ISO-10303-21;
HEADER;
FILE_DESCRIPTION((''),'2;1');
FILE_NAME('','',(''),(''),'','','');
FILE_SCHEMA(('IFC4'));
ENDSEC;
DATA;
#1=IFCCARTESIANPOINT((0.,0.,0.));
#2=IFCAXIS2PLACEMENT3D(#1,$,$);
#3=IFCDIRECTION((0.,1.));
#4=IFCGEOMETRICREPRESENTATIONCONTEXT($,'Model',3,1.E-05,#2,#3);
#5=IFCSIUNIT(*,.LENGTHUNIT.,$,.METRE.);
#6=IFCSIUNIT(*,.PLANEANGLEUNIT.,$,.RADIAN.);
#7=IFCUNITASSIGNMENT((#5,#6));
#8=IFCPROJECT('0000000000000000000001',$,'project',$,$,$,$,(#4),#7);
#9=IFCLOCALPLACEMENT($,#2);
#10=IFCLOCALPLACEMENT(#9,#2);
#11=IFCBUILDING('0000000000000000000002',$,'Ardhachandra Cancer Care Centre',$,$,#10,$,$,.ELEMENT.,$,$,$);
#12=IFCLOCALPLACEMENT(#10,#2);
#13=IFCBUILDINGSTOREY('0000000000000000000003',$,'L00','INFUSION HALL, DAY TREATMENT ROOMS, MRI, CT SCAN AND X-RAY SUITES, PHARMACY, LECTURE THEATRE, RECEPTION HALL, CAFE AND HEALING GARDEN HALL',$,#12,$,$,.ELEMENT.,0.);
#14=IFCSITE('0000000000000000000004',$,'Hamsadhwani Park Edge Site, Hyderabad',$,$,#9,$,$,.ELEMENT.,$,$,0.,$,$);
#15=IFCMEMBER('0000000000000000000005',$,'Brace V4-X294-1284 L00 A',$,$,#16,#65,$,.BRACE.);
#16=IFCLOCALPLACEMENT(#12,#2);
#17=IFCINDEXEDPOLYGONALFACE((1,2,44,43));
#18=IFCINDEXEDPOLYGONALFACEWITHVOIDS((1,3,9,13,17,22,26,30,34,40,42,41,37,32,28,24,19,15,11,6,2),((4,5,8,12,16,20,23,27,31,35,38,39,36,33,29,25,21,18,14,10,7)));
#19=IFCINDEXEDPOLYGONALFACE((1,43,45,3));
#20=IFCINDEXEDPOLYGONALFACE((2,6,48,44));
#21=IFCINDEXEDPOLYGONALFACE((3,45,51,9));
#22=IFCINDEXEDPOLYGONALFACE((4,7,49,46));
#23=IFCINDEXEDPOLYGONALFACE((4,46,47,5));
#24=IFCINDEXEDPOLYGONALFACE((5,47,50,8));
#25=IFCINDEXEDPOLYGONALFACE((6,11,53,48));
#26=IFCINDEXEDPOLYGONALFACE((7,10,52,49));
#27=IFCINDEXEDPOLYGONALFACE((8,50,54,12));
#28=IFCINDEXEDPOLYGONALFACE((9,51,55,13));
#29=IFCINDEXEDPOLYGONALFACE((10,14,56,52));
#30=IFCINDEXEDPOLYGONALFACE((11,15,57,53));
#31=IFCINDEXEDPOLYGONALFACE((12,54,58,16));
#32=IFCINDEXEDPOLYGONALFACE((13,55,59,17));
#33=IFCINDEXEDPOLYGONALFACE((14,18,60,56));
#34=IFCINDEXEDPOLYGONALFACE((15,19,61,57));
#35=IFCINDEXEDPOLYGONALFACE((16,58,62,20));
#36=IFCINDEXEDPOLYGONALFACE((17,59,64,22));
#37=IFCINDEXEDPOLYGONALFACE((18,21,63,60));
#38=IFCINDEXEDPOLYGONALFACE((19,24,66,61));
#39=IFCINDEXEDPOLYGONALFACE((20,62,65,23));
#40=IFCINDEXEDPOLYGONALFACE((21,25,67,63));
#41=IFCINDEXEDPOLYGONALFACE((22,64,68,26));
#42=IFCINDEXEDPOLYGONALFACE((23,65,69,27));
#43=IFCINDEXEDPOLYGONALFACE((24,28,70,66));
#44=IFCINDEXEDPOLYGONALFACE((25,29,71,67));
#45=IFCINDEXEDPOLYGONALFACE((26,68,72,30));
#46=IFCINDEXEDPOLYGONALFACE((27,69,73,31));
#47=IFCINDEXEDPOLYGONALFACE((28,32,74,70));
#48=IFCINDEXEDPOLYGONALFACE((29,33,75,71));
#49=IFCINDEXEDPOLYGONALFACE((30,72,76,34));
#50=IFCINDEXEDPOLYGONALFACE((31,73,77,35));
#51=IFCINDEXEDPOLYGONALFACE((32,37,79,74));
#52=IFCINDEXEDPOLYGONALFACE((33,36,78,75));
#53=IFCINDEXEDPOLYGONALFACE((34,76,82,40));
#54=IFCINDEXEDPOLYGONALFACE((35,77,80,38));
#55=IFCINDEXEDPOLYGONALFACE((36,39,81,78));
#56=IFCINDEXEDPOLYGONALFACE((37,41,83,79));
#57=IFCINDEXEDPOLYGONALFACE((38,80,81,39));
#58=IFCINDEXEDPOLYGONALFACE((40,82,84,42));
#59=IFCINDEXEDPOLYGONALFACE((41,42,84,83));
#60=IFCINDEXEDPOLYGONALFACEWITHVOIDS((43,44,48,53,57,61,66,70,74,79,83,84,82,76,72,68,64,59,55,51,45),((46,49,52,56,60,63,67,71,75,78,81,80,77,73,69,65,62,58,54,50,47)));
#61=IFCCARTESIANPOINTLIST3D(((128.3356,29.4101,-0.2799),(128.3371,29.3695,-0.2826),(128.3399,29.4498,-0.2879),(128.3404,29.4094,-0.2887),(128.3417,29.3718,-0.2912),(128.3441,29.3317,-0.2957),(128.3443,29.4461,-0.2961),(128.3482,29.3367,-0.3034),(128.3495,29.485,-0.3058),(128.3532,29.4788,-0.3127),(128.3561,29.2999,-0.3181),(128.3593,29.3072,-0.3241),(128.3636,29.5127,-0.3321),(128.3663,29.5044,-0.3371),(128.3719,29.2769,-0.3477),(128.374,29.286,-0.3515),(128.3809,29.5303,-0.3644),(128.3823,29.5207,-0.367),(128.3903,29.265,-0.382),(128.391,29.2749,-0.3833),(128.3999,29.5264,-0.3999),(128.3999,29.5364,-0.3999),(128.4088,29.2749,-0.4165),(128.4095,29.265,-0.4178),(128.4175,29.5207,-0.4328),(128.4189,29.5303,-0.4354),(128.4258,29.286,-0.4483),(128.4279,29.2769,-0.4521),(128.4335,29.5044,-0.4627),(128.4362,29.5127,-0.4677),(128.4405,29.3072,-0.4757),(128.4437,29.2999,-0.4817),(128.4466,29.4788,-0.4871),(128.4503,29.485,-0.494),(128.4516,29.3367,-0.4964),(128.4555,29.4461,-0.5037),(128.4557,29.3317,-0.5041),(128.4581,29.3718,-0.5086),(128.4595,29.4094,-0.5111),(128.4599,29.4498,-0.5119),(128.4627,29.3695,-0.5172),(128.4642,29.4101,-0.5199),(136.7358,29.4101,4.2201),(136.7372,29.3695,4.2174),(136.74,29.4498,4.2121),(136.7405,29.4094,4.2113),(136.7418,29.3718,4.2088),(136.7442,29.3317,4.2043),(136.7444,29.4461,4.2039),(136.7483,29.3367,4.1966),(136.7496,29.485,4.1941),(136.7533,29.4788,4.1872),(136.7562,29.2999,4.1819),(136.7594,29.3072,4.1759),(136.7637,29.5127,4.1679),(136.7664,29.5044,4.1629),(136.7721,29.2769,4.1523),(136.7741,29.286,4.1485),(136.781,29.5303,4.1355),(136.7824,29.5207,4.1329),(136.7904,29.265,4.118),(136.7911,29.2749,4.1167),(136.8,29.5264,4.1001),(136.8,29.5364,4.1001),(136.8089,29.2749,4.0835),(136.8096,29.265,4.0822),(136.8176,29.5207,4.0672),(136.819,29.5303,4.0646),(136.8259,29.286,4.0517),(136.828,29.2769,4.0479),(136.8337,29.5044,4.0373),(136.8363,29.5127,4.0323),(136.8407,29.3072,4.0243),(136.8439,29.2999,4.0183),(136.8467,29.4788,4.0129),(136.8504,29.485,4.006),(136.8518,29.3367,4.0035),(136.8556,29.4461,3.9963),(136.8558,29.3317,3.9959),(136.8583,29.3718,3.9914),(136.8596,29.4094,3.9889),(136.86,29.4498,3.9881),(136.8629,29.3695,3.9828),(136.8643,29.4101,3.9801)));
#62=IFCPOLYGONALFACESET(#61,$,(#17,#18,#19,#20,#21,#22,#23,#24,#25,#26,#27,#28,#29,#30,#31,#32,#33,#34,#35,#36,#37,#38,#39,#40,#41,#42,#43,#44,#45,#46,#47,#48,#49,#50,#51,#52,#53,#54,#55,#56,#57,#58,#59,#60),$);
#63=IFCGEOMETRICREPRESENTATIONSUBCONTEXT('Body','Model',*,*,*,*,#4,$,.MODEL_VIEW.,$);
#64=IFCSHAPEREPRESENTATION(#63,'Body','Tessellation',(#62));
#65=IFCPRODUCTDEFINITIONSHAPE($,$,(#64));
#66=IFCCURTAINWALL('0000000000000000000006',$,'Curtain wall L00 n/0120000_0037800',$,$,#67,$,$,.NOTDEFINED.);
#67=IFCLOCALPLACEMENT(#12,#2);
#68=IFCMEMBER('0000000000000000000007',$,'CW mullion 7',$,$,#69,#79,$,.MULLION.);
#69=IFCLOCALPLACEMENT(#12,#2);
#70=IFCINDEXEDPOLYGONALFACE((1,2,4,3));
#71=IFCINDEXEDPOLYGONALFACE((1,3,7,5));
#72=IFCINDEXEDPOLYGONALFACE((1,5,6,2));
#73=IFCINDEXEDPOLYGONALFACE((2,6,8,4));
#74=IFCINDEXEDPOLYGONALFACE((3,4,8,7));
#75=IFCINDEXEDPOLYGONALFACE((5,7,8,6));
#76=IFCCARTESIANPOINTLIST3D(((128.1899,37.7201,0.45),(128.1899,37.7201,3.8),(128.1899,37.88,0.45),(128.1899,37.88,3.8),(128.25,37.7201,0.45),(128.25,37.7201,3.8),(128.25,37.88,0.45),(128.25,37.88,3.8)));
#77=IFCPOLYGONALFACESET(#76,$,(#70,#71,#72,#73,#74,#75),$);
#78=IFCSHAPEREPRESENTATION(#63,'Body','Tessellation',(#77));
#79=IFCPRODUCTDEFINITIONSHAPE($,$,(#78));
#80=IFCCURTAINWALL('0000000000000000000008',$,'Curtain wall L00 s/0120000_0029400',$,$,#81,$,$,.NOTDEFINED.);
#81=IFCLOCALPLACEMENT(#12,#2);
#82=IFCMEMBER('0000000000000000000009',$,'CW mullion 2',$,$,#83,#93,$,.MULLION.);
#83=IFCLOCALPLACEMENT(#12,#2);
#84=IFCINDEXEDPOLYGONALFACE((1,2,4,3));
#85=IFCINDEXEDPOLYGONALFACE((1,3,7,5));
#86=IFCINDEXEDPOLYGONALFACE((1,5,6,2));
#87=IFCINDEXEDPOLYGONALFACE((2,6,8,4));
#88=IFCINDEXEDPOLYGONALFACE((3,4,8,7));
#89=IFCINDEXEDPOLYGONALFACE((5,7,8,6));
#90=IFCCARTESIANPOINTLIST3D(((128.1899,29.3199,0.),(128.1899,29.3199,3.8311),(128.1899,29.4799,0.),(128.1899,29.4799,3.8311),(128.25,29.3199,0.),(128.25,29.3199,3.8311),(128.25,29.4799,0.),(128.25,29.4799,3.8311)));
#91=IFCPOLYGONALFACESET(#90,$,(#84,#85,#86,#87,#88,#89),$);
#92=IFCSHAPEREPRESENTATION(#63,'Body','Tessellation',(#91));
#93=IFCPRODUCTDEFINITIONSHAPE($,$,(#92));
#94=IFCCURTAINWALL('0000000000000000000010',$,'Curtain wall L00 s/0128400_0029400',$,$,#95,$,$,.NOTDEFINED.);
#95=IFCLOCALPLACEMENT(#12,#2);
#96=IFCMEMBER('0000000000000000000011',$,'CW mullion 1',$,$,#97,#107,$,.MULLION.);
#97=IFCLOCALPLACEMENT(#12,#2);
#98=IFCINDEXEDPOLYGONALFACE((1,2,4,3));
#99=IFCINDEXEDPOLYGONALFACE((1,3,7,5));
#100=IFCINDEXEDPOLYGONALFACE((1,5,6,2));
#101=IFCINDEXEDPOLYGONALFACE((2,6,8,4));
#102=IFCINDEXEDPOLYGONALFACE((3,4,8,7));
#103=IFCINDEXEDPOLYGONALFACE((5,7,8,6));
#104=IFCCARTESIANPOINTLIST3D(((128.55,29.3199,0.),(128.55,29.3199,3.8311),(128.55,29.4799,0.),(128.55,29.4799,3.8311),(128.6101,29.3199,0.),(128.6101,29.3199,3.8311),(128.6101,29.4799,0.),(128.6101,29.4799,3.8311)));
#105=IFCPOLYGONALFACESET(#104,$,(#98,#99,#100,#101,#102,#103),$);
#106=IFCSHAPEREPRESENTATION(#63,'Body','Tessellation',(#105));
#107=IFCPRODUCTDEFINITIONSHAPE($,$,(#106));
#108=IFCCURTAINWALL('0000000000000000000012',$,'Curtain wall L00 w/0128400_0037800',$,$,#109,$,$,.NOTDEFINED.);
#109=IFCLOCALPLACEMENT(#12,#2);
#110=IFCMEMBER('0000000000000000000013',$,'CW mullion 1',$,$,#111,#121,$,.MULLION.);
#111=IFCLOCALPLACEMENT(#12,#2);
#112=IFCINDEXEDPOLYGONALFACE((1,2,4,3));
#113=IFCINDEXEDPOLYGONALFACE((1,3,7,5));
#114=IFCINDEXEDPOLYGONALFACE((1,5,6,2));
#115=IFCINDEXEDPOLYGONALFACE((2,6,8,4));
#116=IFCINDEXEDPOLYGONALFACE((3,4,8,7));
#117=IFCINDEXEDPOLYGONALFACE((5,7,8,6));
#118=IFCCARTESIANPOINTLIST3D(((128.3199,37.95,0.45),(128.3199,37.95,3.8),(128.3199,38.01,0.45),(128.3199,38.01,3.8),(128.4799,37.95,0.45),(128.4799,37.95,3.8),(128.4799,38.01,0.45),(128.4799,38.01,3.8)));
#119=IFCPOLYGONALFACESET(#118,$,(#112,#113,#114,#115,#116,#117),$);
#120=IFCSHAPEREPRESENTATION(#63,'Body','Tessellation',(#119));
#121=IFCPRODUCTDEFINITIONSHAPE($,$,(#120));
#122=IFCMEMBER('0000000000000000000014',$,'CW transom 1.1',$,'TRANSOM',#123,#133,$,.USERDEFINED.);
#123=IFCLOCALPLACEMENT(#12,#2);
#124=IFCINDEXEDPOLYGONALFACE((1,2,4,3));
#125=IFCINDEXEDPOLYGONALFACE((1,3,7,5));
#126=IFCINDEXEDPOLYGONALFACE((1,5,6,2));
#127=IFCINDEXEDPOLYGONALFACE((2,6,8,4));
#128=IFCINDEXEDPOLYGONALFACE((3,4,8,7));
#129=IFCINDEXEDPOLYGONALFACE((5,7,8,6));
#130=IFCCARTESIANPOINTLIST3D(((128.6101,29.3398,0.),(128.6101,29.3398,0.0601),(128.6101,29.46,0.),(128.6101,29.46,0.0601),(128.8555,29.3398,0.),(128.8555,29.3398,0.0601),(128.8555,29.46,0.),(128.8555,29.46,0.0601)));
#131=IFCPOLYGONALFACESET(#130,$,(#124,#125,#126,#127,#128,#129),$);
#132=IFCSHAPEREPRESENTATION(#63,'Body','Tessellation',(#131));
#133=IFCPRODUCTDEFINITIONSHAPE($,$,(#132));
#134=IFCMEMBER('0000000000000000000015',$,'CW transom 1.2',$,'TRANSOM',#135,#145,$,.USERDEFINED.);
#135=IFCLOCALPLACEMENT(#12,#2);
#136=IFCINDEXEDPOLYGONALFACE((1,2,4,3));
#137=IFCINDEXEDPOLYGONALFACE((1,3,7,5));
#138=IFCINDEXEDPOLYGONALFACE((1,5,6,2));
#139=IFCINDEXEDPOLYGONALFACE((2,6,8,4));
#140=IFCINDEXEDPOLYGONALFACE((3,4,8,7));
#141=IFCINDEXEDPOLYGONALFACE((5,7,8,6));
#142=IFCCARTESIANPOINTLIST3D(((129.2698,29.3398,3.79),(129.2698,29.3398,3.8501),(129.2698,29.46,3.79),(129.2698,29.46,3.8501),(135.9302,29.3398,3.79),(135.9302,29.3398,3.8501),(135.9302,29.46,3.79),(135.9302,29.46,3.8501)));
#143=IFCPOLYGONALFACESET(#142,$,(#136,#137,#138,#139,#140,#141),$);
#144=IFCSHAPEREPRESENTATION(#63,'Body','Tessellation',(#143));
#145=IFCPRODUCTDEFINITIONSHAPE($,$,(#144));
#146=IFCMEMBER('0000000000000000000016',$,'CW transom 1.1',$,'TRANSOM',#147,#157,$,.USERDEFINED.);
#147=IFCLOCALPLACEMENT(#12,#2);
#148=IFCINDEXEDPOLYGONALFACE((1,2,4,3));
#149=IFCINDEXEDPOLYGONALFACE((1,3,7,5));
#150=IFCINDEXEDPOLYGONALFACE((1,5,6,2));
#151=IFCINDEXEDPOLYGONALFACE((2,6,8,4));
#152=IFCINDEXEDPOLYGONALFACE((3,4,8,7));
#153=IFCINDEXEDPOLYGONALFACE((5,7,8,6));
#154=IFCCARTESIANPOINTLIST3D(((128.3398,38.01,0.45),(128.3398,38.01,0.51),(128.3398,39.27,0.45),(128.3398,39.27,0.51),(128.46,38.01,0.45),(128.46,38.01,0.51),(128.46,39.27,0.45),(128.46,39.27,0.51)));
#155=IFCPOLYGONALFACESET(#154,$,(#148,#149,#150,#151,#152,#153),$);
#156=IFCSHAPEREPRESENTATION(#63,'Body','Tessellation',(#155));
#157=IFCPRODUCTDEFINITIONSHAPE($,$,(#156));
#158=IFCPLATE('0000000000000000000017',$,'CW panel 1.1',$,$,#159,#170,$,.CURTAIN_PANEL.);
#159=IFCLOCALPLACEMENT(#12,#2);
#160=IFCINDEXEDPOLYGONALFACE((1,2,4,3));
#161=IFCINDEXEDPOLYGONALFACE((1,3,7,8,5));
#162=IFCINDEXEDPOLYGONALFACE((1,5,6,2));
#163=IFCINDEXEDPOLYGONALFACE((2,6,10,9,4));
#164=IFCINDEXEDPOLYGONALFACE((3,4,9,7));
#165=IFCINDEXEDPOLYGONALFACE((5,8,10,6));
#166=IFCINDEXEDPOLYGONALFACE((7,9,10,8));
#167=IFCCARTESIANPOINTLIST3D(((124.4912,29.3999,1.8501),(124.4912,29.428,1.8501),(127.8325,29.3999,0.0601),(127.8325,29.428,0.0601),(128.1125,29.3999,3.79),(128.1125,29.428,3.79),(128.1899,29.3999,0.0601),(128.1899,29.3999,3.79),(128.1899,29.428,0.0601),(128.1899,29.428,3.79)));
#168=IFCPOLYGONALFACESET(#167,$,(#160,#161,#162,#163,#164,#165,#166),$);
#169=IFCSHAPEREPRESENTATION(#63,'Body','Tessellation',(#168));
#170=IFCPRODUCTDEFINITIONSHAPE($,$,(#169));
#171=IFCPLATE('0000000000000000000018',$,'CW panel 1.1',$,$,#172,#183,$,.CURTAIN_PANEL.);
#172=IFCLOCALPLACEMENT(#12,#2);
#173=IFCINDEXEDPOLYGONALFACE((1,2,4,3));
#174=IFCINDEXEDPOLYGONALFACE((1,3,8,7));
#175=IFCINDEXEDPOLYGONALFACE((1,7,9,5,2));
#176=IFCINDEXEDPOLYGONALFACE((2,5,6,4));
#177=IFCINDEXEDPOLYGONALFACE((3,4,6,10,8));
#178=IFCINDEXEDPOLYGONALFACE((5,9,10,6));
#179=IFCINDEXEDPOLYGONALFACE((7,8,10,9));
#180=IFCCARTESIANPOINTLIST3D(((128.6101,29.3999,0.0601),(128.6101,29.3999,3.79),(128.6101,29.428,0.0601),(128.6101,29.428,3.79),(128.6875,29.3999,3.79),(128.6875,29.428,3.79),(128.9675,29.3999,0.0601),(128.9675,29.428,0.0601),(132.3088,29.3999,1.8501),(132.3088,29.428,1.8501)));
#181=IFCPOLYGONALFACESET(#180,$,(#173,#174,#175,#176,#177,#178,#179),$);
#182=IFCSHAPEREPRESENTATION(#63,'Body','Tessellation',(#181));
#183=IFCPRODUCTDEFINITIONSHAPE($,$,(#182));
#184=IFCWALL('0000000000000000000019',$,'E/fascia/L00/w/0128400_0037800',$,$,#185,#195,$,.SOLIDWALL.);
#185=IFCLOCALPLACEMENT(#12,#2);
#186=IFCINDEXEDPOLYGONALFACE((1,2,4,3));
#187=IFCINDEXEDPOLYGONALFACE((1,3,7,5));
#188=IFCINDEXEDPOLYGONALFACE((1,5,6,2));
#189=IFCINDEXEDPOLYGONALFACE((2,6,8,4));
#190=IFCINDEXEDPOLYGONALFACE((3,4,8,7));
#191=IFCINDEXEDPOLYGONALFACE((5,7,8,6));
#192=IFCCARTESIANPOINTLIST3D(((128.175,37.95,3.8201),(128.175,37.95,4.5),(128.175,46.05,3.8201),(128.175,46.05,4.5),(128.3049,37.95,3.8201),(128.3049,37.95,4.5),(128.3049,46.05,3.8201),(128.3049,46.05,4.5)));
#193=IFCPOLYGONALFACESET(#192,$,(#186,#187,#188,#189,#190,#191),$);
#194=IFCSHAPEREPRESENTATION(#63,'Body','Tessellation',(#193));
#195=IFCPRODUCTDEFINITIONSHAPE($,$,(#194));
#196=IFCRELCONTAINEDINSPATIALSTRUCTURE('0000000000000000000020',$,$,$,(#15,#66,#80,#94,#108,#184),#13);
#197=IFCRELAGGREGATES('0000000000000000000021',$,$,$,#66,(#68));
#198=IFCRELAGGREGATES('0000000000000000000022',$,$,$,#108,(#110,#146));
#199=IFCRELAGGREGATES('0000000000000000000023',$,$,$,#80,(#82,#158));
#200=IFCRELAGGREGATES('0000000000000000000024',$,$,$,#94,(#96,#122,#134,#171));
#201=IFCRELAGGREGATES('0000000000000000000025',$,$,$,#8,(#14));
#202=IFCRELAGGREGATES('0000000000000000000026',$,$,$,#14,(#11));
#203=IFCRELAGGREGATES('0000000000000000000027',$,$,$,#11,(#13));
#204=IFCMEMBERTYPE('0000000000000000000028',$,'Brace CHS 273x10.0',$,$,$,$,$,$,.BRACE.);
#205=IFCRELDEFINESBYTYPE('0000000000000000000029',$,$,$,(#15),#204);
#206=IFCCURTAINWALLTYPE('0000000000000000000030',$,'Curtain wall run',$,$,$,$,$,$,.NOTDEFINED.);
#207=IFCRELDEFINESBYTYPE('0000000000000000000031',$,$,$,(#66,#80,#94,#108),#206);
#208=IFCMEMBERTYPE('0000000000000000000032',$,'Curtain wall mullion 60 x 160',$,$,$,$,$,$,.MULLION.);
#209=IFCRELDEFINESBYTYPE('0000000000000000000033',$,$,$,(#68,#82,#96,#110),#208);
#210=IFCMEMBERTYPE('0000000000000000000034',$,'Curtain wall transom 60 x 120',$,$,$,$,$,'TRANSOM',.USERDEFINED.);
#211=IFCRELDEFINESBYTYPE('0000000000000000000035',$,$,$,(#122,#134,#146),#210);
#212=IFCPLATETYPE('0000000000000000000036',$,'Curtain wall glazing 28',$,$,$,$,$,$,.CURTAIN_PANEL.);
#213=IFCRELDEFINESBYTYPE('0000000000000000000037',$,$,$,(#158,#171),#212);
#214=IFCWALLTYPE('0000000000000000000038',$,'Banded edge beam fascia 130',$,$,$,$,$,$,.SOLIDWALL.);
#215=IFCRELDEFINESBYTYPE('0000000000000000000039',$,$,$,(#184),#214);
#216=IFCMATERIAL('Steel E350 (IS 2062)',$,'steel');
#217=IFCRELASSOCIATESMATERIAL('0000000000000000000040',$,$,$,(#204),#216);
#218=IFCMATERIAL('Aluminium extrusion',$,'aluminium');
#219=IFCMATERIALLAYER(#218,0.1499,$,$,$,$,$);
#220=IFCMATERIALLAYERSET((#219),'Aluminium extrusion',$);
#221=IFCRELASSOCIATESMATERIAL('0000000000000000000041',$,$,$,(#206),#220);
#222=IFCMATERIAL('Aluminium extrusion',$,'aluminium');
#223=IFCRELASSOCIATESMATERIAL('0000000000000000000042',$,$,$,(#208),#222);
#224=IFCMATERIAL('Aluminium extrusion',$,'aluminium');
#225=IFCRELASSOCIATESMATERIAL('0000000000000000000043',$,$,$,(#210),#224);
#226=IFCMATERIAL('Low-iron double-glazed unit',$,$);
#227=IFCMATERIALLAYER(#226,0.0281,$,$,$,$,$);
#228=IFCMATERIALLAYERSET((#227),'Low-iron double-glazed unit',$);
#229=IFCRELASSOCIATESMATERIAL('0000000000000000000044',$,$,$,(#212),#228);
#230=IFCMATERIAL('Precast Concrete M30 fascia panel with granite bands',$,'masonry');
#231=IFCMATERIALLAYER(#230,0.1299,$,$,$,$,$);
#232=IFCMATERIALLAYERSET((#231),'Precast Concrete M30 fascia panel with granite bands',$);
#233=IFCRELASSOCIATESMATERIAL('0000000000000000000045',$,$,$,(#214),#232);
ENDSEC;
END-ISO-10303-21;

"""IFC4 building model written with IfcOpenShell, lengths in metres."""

from ifc_helpers import new_model, si_unit, direction, frame, frame_2d, origin, origin_2d, place, context, subcontext, project, spatial, polyline, rectangle, hollow_circle, outline, extrude, material, layer, layer_set, material_profile, profile_set, type_object, element, aggregate, save


model = new_model("IFC4")

# Units and contexts
model_context = context("Model", 3, precision=1e-05, world=origin(), true_north=direction((0.0, 1.0)))
body_context = subcontext(model_context, "Body", "Model", "MODEL_VIEW")
ifc_project = project(units=[si_unit("LENGTHUNIT", "METRE"), si_unit("PLANEANGLEUNIT", "RADIAN")], contexts=[model_context])

# Site, building, storey
site_placement = place(None, origin())
site = spatial("IfcSite", under=ifc_project, at=site_placement, Name="Hamsadhwani Park Edge Site, Hyderabad", CompositionType="ELEMENT", RefElevation=0.0)
building_placement = place(site_placement, origin())
building = spatial("IfcBuilding", under=site, at=building_placement, Name="Ardhachandra Cancer Care Centre", CompositionType="ELEMENT")
storey_placement = place(building_placement, origin())
storey = spatial("IfcBuildingStorey", under=building, at=storey_placement, Name="L00", Description="INFUSION HALL, DAY TREATMENT ROOMS, MRI, CT SCAN AND X-RAY SUITES, PHARMACY, LECTURE THEATRE, RECEPTION HALL, CAFE AND HEALING GARDEN HALL", CompositionType="ELEMENT", Elevation=0.0)

# Member
ifc_material_1 = material(Name="Steel E350 (IS 2062)", Category="steel")
ifc_material_profile_1 = material_profile(ifc_material_1, hollow_circle(Radius=0.1365, WallThickness=0.01, at=origin_2d()), Name="CHS 273x10.0")
ifc_profile_set_1 = profile_set([ifc_material_profile_1], Name="Steel E350 (IS 2062)")
member_type_1 = type_object("IfcMemberType", Name="Brace CHS 273x10.0", PredefinedType="BRACE", material=ifc_profile_set_1)
member_1_placement = place(storey_placement, frame((128.3999, 29.3999, -0.3999), z_axis=(0.881483, 0.0, 0.472215), x_axis=(0.0, 1.0, 0.0)))
element("IfcMember", 1, at=member_1_placement, inside=storey, type_object=member_type_1, Name="Brace V4-X294-1284 L00 A", PredefinedType="BRACE", context=body_context, shape_type="SweptSolid", body=[
    extrude(hollow_circle(Radius=0.1365, WallThickness=0.01, at=origin_2d()), origin(), (0.0, 0.0, 1.0), 9.5295),
])

# Curtain walls, members
ifc_material_2 = material(Name="Aluminium extrusion", Category="aluminium")
ifc_layer_1 = layer(ifc_material_2, 0.1499)
ifc_layer_set_1 = layer_set([ifc_layer_1], Name="Aluminium extrusion")
curtain_wall_type = type_object("IfcCurtainWallType", Name="Curtain wall run", PredefinedType="NOTDEFINED", material=ifc_layer_set_1)
curtain_wall_1_placement = place(storey_placement, origin())
curtain_wall_1 = element("IfcCurtainWall", 2, at=curtain_wall_1_placement, inside=storey, type_object=curtain_wall_type, Name="Curtain wall L00 n/0120000_0037800", PredefinedType="NOTDEFINED")
ifc_material_3 = material(Name="Aluminium extrusion", Category="aluminium")
ifc_material_profile_2 = material_profile(ifc_material_3, rectangle(XDim=0.1599, YDim=0.0601, at=origin_2d()), Name="Curtain wall mullion 60 x 160")
ifc_profile_set_2 = profile_set([ifc_material_profile_2], Name="Aluminium extrusion")
member_type_2 = type_object("IfcMemberType", Name="Curtain wall mullion 60 x 160", PredefinedType="MULLION", material=ifc_profile_set_2)
member_2_placement = place(storey_placement, frame((128.22, 37.8, 0.45), z_axis=(0.0, 0.0, 1.0), x_axis=(0.0, 1.0, 0.0)))
member_2 = element("IfcMember", 3, at=member_2_placement, type_object=member_type_2, Name="CW mullion 7", PredefinedType="MULLION", context=body_context, shape_type="SweptSolid", body=[
    extrude(rectangle(XDim=0.1599, YDim=0.0601, at=origin_2d()), origin(), (0.0, 0.0, 1.0), 3.3501),
])
aggregate(curtain_wall_1, [member_2])
curtain_wall_2_placement = place(storey_placement, origin())
curtain_wall_2 = element("IfcCurtainWall", 4, at=curtain_wall_2_placement, inside=storey, type_object=curtain_wall_type, Name="Curtain wall L00 s/0120000_0029400", PredefinedType="NOTDEFINED")
member_3_placement = place(storey_placement, frame((128.22, 29.3999, 0.0), z_axis=(0.0, 0.0, 1.0), x_axis=(0.0, 1.0, 0.0)))
member_3 = element("IfcMember", 5, at=member_3_placement, type_object=member_type_2, Name="CW mullion 2", PredefinedType="MULLION", context=body_context, shape_type="SweptSolid", body=[
    extrude(rectangle(XDim=0.1599, YDim=0.0601, at=origin_2d()), origin(), (0.0, 0.0, 1.0), 3.8311),
])
curtain_wall_3_placement = place(storey_placement, origin())
curtain_wall_3 = element("IfcCurtainWall", 6, at=curtain_wall_3_placement, inside=storey, type_object=curtain_wall_type, Name="Curtain wall L00 s/0128400_0029400", PredefinedType="NOTDEFINED")
member_4_placement = place(storey_placement, frame((128.5801, 29.3999, 0.0), z_axis=(0.0, 0.0, 1.0), x_axis=(0.0, 1.0, 0.0)))
member_4 = element("IfcMember", 7, at=member_4_placement, type_object=member_type_2, Name="CW mullion 1", PredefinedType="MULLION", context=body_context, shape_type="SweptSolid", body=[
    extrude(rectangle(XDim=0.1599, YDim=0.0601, at=origin_2d()), origin(), (0.0, 0.0, 1.0), 3.8311),
])
curtain_wall_4_placement = place(storey_placement, origin())
curtain_wall_4 = element("IfcCurtainWall", 8, at=curtain_wall_4_placement, inside=storey, type_object=curtain_wall_type, Name="Curtain wall L00 w/0128400_0037800", PredefinedType="NOTDEFINED")
member_5_placement = place(storey_placement, frame((128.3999, 37.98, 0.45), z_axis=(0.0, 0.0, 1.0), x_axis=(-1.0, 0.0, 0.0)))
member_5 = element("IfcMember", 9, at=member_5_placement, type_object=member_type_2, Name="CW mullion 1", PredefinedType="MULLION", context=body_context, shape_type="SweptSolid", body=[
    extrude(rectangle(XDim=0.1599, YDim=0.0601, at=origin_2d()), origin(), (0.0, 0.0, 1.0), 3.3501),
])

# Members
ifc_material_4 = material(Name="Aluminium extrusion", Category="aluminium")
ifc_material_profile_3 = material_profile(ifc_material_4, rectangle(XDim=0.1201, YDim=0.0601, at=origin_2d()), Name="Curtain wall transom 60 x 120")
ifc_profile_set_3 = profile_set([ifc_material_profile_3], Name="Aluminium extrusion")
member_type_3 = type_object("IfcMemberType", Name="Curtain wall transom 60 x 120", ElementType="TRANSOM", PredefinedType="USERDEFINED", material=ifc_profile_set_3)
member_6_placement = place(storey_placement, frame((128.6101, 29.3999, 0.03), z_axis=(1.0, 0.0, 0.0), x_axis=(0.0, 1.0, 0.0)))
member_6 = element("IfcMember", 10, at=member_6_placement, type_object=member_type_3, Name="CW transom 1.1", ObjectType="TRANSOM", PredefinedType="USERDEFINED", context=body_context, shape_type="SweptSolid", body=[
    extrude(rectangle(XDim=0.1201, YDim=0.0601, at=origin_2d()), origin(), (0.0, 0.0, 1.0), 0.2454),
])
member_7_placement = place(storey_placement, frame((129.2698, 29.3999, 3.8201), z_axis=(1.0, 0.0, 0.0), x_axis=(0.0, 1.0, 0.0)))
member_7 = element("IfcMember", 11, at=member_7_placement, type_object=member_type_3, Name="CW transom 1.2", ObjectType="TRANSOM", PredefinedType="USERDEFINED", context=body_context, shape_type="SweptSolid", body=[
    extrude(rectangle(XDim=0.1201, YDim=0.0601, at=origin_2d()), origin(), (0.0, 0.0, 1.0), 6.6604),
])
member_8_placement = place(storey_placement, frame((128.3999, 38.01, 0.48), z_axis=(0.0, 1.0, 0.0), x_axis=(-1.0, 0.0, 0.0)))
member_8 = element("IfcMember", 12, at=member_8_placement, type_object=member_type_3, Name="CW transom 1.1", ObjectType="TRANSOM", PredefinedType="USERDEFINED", context=body_context, shape_type="SweptSolid", body=[
    extrude(rectangle(XDim=0.1201, YDim=0.0601, at=origin_2d()), origin(), (0.0, 0.0, 1.0), 1.26),
])
aggregate(curtain_wall_4, [member_5, member_8])

# Plates
ifc_material_5 = material(Name="Low-iron double-glazed unit")
ifc_layer_2 = layer(ifc_material_5, 0.0281)
ifc_layer_set_2 = layer_set([ifc_layer_2], Name="Low-iron double-glazed unit")
plate_type = type_object("IfcPlateType", Name="Curtain wall glazing 28", PredefinedType="CURTAIN_PANEL", material=ifc_layer_set_2)
plate_1_placement = place(storey_placement, frame((128.1899, 29.3999, 3.79), z_axis=(0.0, 1.0, 0.0), x_axis=(0.0, 0.0, -1.0)))
plate_1 = element("IfcPlate", 13, at=plate_1_placement, type_object=plate_type, Name="CW panel 1.1", PredefinedType="CURTAIN_PANEL", context=body_context, shape_type="SweptSolid", body=[
    extrude(outline(polyline([(0.0, 0.0), (3.73, 0.0), (3.73, 0.3574), (1.9399, 3.6987), (0.0, 0.0774), (0.0, 0.0)])), origin(), (0.0, 0.0, 1.0), 0.0281),
])
aggregate(curtain_wall_2, [member_3, plate_1])
plate_2_placement = place(storey_placement, frame((128.6101, 29.3999, 0.0601), z_axis=(0.0, 1.0, 0.0), x_axis=(0.0, 0.0, 1.0)))
plate_2 = element("IfcPlate", 14, at=plate_2_placement, type_object=plate_type, Name="CW panel 1.1", PredefinedType="CURTAIN_PANEL", context=body_context, shape_type="SweptSolid", body=[
    extrude(outline(polyline([(0.0, 0.0), (3.73, 0.0), (3.73, 0.0774), (1.79, 3.6987), (0.0, 0.3574), (0.0, 0.0)])), origin(), (0.0, 0.0, 1.0), 0.0281),
])
aggregate(curtain_wall_3, [member_4, member_6, member_7, plate_2])

# Wall
ifc_material_6 = material(Name="Precast Concrete M30 fascia panel with granite bands", Category="masonry")
ifc_layer_3 = layer(ifc_material_6, 0.1299)
ifc_layer_set_3 = layer_set([ifc_layer_3], Name="Precast Concrete M30 fascia panel with granite bands")
wall_type_1 = type_object("IfcWallType", Name="Banded edge beam fascia 130", PredefinedType="SOLIDWALL", material=ifc_layer_set_3)
wall_1_placement = place(storey_placement, frame((128.24, 37.95, 3.8201), z_axis=(0.0, 0.0, 1.0), x_axis=(0.0, 1.0, 0.0)))
element("IfcWall", 15, at=wall_1_placement, inside=storey, type_object=wall_type_1, Name="E/fascia/L00/w/0128400_0037800", PredefinedType="SOLIDWALL", context=body_context, shape_type="SweptSolid", body=[
    extrude(rectangle(XDim=8.1001, YDim=0.1299, at=frame_2d((4.05, 0.0))), origin(), (0.0, 0.0, 1.0), 0.6799),
])

save(model, "model.ifc")
